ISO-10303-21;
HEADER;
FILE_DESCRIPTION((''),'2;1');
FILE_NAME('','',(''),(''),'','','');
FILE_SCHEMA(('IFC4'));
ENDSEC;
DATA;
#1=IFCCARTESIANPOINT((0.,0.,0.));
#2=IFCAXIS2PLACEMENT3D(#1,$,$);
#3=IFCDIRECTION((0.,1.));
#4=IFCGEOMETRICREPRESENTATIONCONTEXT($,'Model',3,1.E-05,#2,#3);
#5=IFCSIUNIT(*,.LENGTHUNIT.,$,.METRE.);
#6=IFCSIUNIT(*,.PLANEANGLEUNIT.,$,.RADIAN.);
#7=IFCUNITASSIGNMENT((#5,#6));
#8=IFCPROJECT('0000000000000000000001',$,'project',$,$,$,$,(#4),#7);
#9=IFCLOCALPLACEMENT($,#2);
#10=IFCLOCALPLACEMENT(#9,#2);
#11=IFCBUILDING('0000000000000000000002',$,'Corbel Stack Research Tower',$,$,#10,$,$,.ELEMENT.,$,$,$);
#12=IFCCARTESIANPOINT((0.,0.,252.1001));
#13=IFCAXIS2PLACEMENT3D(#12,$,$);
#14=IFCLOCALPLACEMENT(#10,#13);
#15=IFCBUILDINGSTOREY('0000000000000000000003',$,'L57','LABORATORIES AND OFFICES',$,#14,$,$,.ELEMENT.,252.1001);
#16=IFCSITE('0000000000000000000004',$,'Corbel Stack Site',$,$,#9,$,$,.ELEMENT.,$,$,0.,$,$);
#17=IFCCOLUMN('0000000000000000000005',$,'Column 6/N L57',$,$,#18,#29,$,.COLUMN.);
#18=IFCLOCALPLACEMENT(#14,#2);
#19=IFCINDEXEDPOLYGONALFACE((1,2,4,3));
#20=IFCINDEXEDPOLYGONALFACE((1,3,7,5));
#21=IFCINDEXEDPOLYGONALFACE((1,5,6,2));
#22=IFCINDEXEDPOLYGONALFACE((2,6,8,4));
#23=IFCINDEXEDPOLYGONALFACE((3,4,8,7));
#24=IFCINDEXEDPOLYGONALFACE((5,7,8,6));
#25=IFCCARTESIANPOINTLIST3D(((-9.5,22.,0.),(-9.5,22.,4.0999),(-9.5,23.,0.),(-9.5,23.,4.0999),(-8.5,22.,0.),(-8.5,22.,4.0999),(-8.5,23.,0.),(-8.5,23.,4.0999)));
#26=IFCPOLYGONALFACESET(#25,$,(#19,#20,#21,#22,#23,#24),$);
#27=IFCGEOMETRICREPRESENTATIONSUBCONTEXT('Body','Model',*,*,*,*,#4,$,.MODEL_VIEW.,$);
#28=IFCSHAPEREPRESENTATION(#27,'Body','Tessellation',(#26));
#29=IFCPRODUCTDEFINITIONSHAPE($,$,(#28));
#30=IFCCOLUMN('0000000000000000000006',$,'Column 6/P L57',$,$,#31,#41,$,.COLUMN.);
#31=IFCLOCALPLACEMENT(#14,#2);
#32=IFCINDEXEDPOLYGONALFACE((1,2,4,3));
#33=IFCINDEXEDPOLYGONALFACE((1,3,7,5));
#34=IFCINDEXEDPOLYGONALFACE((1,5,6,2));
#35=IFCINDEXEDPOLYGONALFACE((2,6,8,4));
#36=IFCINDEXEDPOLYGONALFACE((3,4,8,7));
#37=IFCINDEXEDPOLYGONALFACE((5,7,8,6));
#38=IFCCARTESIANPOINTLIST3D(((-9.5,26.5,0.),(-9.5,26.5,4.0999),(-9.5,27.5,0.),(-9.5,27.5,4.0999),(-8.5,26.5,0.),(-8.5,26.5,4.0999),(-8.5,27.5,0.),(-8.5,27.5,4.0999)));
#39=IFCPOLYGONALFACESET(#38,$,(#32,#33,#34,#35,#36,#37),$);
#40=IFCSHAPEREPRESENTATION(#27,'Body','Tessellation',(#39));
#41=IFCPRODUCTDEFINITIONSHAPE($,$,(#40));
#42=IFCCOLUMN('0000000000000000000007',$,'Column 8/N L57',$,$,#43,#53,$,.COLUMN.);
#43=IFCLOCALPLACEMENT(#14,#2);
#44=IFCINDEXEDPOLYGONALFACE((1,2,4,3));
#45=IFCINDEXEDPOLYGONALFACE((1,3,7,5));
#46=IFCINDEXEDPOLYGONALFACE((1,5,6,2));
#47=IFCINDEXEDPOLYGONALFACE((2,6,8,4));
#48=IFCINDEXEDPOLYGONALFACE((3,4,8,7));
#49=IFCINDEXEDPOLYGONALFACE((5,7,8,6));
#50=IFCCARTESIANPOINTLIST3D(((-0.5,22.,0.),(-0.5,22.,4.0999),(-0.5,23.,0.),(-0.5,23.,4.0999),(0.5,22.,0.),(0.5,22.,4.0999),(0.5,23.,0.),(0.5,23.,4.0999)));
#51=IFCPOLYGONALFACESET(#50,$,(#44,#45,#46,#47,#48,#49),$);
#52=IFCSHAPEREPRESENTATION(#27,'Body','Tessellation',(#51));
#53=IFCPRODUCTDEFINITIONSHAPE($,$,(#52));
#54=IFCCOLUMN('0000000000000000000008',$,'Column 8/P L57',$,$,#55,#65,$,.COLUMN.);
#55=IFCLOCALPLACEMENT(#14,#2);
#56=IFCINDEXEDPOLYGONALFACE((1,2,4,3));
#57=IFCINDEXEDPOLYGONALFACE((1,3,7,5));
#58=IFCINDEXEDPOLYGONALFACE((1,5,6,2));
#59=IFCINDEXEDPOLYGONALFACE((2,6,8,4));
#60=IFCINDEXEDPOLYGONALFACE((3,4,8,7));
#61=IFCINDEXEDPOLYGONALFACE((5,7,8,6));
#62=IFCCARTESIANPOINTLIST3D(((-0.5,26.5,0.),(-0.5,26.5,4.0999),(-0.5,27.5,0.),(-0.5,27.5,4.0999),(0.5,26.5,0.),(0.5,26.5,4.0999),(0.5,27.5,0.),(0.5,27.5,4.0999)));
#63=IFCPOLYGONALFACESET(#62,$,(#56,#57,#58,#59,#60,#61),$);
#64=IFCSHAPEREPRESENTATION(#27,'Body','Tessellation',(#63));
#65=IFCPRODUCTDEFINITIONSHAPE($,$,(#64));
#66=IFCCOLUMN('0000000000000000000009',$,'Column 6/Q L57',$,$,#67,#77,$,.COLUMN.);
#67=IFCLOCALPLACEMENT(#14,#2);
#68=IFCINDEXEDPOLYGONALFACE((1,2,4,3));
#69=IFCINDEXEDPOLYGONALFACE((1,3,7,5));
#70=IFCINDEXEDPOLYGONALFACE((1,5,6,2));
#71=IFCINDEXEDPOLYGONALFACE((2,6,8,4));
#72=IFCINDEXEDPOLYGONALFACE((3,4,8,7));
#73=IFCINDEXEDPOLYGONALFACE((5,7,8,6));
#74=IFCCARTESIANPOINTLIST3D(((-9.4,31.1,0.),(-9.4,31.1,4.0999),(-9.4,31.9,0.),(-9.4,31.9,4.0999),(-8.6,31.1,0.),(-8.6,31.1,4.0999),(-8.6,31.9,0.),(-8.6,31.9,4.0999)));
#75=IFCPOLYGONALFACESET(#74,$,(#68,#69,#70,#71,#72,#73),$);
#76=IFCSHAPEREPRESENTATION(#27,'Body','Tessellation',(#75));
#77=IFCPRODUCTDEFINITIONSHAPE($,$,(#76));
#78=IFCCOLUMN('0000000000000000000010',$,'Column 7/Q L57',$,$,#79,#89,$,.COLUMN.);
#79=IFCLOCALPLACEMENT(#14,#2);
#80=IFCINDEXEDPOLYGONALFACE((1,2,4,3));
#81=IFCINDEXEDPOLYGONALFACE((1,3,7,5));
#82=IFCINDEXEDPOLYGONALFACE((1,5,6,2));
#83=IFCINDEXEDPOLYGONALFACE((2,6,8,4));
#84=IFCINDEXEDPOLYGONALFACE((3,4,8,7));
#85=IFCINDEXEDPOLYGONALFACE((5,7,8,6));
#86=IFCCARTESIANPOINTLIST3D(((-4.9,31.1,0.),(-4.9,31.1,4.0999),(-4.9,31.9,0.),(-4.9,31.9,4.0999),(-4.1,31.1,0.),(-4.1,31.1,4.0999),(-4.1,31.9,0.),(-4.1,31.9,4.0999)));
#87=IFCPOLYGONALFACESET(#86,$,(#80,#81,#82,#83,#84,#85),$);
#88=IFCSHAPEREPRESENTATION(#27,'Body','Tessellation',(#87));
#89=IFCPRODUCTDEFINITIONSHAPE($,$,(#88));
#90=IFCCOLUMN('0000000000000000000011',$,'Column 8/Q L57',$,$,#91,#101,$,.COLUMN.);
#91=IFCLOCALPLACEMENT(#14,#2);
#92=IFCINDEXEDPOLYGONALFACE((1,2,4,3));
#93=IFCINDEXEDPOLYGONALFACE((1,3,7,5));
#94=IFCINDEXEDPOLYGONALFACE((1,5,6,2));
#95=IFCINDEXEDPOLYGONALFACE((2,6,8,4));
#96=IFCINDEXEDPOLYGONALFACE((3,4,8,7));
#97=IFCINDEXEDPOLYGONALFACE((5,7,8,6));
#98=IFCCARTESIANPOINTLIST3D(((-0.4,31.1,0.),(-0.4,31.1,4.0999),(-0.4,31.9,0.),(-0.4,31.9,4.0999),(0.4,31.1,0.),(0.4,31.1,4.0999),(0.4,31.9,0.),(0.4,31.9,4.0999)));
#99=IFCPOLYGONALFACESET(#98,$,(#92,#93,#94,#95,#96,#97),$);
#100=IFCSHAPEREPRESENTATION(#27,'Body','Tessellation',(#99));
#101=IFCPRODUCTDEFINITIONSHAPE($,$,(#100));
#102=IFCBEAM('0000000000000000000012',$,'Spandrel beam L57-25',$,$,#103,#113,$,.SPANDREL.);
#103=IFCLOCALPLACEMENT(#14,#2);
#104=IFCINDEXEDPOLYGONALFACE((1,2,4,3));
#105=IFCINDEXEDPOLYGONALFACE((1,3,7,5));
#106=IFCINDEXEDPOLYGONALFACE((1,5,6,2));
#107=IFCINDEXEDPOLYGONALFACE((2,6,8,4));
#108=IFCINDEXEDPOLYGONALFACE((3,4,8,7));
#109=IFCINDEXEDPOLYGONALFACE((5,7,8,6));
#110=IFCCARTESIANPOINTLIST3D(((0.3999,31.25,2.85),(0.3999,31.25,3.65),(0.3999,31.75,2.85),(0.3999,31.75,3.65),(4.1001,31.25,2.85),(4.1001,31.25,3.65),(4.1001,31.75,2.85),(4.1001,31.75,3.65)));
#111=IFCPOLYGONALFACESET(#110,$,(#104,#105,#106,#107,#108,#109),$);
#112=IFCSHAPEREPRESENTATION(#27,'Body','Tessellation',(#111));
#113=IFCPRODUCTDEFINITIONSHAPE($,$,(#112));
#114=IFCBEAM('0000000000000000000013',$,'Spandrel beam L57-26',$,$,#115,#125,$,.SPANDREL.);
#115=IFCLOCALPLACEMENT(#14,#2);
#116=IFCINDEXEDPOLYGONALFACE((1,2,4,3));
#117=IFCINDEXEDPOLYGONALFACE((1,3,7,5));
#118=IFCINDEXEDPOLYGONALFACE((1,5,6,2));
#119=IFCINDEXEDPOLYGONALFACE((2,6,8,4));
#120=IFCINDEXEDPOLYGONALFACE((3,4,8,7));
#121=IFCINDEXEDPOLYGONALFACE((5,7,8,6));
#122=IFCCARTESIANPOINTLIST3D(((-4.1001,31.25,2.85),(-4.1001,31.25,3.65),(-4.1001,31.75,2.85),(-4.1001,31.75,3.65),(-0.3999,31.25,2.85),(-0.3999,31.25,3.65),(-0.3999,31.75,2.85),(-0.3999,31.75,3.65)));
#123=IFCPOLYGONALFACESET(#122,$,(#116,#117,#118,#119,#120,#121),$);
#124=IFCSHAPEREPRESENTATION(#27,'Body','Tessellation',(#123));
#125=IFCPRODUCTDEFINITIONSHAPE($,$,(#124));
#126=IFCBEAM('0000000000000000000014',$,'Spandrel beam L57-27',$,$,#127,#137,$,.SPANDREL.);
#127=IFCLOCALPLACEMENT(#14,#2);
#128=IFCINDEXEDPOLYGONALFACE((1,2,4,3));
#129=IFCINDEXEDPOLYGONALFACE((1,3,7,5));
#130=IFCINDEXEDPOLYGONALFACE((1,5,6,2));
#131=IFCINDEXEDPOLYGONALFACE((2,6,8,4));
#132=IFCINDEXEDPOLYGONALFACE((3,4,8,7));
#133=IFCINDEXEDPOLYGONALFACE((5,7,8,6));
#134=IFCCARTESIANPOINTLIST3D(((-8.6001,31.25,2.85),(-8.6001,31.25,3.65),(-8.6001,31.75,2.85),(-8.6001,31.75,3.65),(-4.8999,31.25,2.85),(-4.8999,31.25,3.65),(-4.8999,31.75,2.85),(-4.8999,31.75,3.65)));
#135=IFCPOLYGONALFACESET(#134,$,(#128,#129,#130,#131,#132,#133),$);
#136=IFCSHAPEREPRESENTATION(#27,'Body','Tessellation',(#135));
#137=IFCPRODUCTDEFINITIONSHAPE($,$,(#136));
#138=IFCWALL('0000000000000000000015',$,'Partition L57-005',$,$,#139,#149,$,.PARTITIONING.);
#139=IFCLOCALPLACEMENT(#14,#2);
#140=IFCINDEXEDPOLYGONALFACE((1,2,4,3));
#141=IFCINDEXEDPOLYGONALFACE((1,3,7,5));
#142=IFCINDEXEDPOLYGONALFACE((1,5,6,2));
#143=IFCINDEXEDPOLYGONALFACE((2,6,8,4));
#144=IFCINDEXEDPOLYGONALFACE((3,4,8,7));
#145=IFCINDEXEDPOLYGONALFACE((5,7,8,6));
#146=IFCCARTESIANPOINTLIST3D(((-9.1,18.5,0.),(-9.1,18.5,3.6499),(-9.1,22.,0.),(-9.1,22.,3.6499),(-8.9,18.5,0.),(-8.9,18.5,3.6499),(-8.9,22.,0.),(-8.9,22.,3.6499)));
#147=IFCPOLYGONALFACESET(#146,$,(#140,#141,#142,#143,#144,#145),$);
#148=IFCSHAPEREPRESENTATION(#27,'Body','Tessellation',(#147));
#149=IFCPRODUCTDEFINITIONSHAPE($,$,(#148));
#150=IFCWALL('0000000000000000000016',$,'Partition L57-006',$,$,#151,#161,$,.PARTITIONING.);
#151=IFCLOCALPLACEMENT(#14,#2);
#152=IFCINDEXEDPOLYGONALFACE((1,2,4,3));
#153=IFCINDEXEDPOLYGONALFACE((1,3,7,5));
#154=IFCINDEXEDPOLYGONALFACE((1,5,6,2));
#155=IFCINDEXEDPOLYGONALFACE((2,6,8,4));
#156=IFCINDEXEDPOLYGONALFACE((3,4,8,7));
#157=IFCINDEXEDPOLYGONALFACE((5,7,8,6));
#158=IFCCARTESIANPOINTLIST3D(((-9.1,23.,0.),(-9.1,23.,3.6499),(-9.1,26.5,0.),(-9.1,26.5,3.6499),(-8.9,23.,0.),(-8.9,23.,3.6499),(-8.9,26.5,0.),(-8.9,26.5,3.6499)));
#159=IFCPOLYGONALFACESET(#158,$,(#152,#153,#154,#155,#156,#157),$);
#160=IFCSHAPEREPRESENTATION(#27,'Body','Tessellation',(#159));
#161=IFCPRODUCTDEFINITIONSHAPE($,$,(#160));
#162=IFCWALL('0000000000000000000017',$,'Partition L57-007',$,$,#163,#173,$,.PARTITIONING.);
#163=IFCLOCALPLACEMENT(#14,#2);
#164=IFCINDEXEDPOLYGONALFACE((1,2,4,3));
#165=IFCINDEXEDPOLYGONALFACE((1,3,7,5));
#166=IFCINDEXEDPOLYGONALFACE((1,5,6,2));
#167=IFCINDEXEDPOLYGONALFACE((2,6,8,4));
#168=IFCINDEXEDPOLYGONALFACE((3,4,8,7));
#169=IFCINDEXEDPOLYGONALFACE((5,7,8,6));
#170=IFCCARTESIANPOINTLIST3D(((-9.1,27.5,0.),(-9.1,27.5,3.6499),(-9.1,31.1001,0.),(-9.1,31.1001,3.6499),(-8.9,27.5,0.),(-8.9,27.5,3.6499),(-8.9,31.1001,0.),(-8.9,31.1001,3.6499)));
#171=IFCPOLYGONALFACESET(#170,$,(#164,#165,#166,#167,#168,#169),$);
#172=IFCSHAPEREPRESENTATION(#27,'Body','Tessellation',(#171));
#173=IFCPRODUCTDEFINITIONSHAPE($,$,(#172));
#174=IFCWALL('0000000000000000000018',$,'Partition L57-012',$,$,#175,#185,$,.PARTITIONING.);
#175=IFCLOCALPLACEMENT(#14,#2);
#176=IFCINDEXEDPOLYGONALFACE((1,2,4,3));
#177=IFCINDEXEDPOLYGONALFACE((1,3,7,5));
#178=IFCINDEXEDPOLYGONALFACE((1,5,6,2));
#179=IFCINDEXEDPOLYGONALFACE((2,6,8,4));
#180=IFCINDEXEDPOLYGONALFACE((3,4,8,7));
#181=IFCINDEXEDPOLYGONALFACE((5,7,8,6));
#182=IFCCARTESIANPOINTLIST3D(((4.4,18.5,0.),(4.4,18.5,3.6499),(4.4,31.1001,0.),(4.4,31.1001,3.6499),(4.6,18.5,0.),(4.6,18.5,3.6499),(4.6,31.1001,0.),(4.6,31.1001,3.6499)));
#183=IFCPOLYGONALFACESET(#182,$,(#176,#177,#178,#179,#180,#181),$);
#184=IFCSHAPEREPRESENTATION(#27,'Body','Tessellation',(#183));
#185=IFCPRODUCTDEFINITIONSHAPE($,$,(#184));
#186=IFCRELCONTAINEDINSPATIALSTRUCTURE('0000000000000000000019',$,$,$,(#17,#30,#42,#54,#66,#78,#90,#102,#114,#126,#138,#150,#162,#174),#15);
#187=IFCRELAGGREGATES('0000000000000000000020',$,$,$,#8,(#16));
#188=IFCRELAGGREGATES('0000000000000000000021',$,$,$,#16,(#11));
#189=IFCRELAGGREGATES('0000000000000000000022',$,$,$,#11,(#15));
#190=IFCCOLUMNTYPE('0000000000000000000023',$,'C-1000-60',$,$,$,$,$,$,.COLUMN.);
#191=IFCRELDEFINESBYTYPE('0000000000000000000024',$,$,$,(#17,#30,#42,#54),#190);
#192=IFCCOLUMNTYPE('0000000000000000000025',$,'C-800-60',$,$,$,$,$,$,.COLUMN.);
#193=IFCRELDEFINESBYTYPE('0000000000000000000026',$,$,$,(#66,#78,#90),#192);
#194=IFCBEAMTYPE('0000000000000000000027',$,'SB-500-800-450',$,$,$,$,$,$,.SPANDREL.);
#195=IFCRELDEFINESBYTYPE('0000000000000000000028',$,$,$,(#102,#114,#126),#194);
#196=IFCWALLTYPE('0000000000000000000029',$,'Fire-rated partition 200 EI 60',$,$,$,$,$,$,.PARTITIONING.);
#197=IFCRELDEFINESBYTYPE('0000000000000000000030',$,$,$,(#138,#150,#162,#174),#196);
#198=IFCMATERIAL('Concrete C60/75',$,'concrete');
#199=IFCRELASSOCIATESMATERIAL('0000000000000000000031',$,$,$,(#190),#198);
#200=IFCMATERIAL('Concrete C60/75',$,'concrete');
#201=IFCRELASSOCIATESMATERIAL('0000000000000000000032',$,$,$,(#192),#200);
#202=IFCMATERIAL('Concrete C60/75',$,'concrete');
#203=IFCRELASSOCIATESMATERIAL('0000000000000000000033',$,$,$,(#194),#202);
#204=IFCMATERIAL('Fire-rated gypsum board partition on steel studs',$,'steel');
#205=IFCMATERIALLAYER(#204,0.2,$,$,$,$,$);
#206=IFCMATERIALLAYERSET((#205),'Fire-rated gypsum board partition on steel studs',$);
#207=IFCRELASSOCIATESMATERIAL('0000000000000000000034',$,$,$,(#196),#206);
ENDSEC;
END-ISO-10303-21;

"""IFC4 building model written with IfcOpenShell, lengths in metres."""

from ifc_helpers import new_model, si_unit, direction, frame, frame_2d, origin, origin_2d, place, context, subcontext, project, spatial, rectangle, extrude, material, layer, layer_set, material_profile, profile_set, type_object, element, save


model = new_model("IFC4")

# Units and contexts
model_context = context("Model", 3, precision=1e-05, world=origin(), true_north=direction((0.0, 1.0)))
body_context = subcontext(model_context, "Body", "Model", "MODEL_VIEW")
ifc_project = project(units=[si_unit("LENGTHUNIT", "METRE"), si_unit("PLANEANGLEUNIT", "RADIAN")], contexts=[model_context])

# Site, building, storey
site_placement = place(None, origin())
site = spatial("IfcSite", under=ifc_project, at=site_placement, Name="Corbel Stack Site", CompositionType="ELEMENT", RefElevation=0.0)
building_placement = place(site_placement, origin())
building = spatial("IfcBuilding", under=site, at=building_placement, Name="Corbel Stack Research Tower", CompositionType="ELEMENT")
storey_placement = place(building_placement, frame((0.0, 0.0, 252.1001)))
storey = spatial("IfcBuildingStorey", under=building, at=storey_placement, Name="L57", Description="LABORATORIES AND OFFICES", CompositionType="ELEMENT", Elevation=252.1001)

# Columns
ifc_material_1 = material(Name="Concrete C60/75", Category="concrete")
ifc_material_profile_1 = material_profile(ifc_material_1, rectangle(XDim=1.0, YDim=1.0, at=origin_2d()), Name="RC 1000 x 1000")
ifc_profile_set_1 = profile_set([ifc_material_profile_1], Name="Concrete C60/75")
column_type_1 = type_object("IfcColumnType", Name="C-1000-60", PredefinedType="COLUMN", material=ifc_profile_set_1)
for number, where, z_axis, x_axis, name in (
    (1, (-9.0, 22.5, 0.0), (0.0, 0.0, 1.0), (1.0, 0.0, 0.0), "Column 6/N L57"),
    (2, (-9.0, 27.0, 0.0), (0.0, 0.0, 1.0), (1.0, 0.0, 0.0), "Column 6/P L57"),
    (3, (0.0, 22.5, 0.0), (0.0, 0.0, 1.0), (1.0, 0.0, 0.0), "Column 8/N L57"),
    (4, (0.0, 27.0, 0.0), (0.0, 0.0, 1.0), (1.0, 0.0, 0.0), "Column 8/P L57"),
):
    element("IfcColumn", number, at=place(storey_placement, frame(where, z_axis=z_axis, x_axis=x_axis)), inside=storey, type_object=column_type_1, Name=name, PredefinedType="COLUMN", context=body_context, shape_type="SweptSolid", body=[
        extrude(rectangle(XDim=1.0, YDim=1.0, at=origin_2d()), origin(), (0.0, 0.0, 1.0), 4.0999),
    ])
ifc_material_2 = material(Name="Concrete C60/75", Category="concrete")
ifc_material_profile_2 = material_profile(ifc_material_2, rectangle(XDim=0.8, YDim=0.8, at=origin_2d()), Name="RC 800 x 800")
ifc_profile_set_2 = profile_set([ifc_material_profile_2], Name="Concrete C60/75")
column_type_2 = type_object("IfcColumnType", Name="C-800-60", PredefinedType="COLUMN", material=ifc_profile_set_2)
for number, where, z_axis, x_axis, name in (
    (5, (-9.0, 31.5, 0.0), (0.0, 0.0, 1.0), (1.0, 0.0, 0.0), "Column 6/Q L57"),
    (6, (-4.5, 31.5, 0.0), (0.0, 0.0, 1.0), (1.0, 0.0, 0.0), "Column 7/Q L57"),
    (7, (0.0, 31.5, 0.0), (0.0, 0.0, 1.0), (1.0, 0.0, 0.0), "Column 8/Q L57"),
):
    element("IfcColumn", number, at=place(storey_placement, frame(where, z_axis=z_axis, x_axis=x_axis)), inside=storey, type_object=column_type_2, Name=name, PredefinedType="COLUMN", context=body_context, shape_type="SweptSolid", body=[
        extrude(rectangle(XDim=0.8, YDim=0.8, at=origin_2d()), origin(), (0.0, 0.0, 1.0), 4.0999),
    ])

# Beams
ifc_material_3 = material(Name="Concrete C60/75", Category="concrete")
ifc_material_profile_3 = material_profile(ifc_material_3, rectangle(XDim=0.5, YDim=0.8, at=origin_2d()), Name="RC 500 x 800")
ifc_profile_set_3 = profile_set([ifc_material_profile_3], Name="Concrete C60/75")
beam_type = type_object("IfcBeamType", Name="SB-500-800-450", PredefinedType="SPANDREL", material=ifc_profile_set_3)
for number, where, z_axis, x_axis, name in (
    (8, (4.1001, 31.5, 3.25), (-1.0, 0.0, 0.0), (0.0, -1.0, 0.0), "Spandrel beam L57-25"),
    (9, (-0.3999, 31.5, 3.25), (-1.0, 0.0, 0.0), (0.0, -1.0, 0.0), "Spandrel beam L57-26"),
    (10, (-4.8999, 31.5, 3.25), (-1.0, 0.0, 0.0), (0.0, -1.0, 0.0), "Spandrel beam L57-27"),
):
    element("IfcBeam", number, at=place(storey_placement, frame(where, z_axis=z_axis, x_axis=x_axis)), inside=storey, type_object=beam_type, Name=name, PredefinedType="SPANDREL", context=body_context, shape_type="SweptSolid", body=[
        extrude(rectangle(XDim=0.5, YDim=0.8, at=origin_2d()), origin(), (0.0, 0.0, 1.0), 3.7002),
    ])

# Walls
ifc_material_4 = material(Name="Fire-rated gypsum board partition on steel studs", Category="steel")
ifc_layer_1 = layer(ifc_material_4, 0.2)
ifc_layer_set_1 = layer_set([ifc_layer_1], Name="Fire-rated gypsum board partition on steel studs")
wall_type_1 = type_object("IfcWallType", Name="Fire-rated partition 200 EI 60", PredefinedType="PARTITIONING", material=ifc_layer_set_1)
for number, where, z_axis, x_axis, name in (
    (11, (-9.0, 18.5, 0.0), (0.0, 0.0, 1.0), (0.0, 1.0, 0.0), "Partition L57-005"),
    (12, (-9.0, 23.0, 0.0), (0.0, 0.0, 1.0), (0.0, 1.0, 0.0), "Partition L57-006"),
):
    element("IfcWall", number, at=place(storey_placement, frame(where, z_axis=z_axis, x_axis=x_axis)), inside=storey, type_object=wall_type_1, Name=name, PredefinedType="PARTITIONING", context=body_context, shape_type="SweptSolid", body=[
        extrude(rectangle(XDim=3.5, YDim=0.2, at=frame_2d((1.75, 0.0))), origin(), (0.0, 0.0, 1.0), 3.6499),
    ])
wall_1_placement = place(storey_placement, frame((-9.0, 27.5, 0.0), z_axis=(0.0, 0.0, 1.0), x_axis=(0.0, 1.0, 0.0)))
element("IfcWall", 13, at=wall_1_placement, inside=storey, type_object=wall_type_1, Name="Partition L57-007", PredefinedType="PARTITIONING", context=body_context, shape_type="SweptSolid", body=[
    extrude(rectangle(XDim=3.6001, YDim=0.2, at=frame_2d((1.8, 0.0))), origin(), (0.0, 0.0, 1.0), 3.6499),
])
wall_2_placement = place(storey_placement, frame((4.5, 18.5, 0.0), z_axis=(0.0, 0.0, 1.0), x_axis=(0.0, 1.0, 0.0)))
element("IfcWall", 14, at=wall_2_placement, inside=storey, type_object=wall_type_1, Name="Partition L57-012", PredefinedType="PARTITIONING", context=body_context, shape_type="SweptSolid", body=[
    extrude(rectangle(XDim=12.6001, YDim=0.2, at=frame_2d((6.3, 0.0))), origin(), (0.0, 0.0, 1.0), 3.6499),
])

save(model, "model.ifc")
